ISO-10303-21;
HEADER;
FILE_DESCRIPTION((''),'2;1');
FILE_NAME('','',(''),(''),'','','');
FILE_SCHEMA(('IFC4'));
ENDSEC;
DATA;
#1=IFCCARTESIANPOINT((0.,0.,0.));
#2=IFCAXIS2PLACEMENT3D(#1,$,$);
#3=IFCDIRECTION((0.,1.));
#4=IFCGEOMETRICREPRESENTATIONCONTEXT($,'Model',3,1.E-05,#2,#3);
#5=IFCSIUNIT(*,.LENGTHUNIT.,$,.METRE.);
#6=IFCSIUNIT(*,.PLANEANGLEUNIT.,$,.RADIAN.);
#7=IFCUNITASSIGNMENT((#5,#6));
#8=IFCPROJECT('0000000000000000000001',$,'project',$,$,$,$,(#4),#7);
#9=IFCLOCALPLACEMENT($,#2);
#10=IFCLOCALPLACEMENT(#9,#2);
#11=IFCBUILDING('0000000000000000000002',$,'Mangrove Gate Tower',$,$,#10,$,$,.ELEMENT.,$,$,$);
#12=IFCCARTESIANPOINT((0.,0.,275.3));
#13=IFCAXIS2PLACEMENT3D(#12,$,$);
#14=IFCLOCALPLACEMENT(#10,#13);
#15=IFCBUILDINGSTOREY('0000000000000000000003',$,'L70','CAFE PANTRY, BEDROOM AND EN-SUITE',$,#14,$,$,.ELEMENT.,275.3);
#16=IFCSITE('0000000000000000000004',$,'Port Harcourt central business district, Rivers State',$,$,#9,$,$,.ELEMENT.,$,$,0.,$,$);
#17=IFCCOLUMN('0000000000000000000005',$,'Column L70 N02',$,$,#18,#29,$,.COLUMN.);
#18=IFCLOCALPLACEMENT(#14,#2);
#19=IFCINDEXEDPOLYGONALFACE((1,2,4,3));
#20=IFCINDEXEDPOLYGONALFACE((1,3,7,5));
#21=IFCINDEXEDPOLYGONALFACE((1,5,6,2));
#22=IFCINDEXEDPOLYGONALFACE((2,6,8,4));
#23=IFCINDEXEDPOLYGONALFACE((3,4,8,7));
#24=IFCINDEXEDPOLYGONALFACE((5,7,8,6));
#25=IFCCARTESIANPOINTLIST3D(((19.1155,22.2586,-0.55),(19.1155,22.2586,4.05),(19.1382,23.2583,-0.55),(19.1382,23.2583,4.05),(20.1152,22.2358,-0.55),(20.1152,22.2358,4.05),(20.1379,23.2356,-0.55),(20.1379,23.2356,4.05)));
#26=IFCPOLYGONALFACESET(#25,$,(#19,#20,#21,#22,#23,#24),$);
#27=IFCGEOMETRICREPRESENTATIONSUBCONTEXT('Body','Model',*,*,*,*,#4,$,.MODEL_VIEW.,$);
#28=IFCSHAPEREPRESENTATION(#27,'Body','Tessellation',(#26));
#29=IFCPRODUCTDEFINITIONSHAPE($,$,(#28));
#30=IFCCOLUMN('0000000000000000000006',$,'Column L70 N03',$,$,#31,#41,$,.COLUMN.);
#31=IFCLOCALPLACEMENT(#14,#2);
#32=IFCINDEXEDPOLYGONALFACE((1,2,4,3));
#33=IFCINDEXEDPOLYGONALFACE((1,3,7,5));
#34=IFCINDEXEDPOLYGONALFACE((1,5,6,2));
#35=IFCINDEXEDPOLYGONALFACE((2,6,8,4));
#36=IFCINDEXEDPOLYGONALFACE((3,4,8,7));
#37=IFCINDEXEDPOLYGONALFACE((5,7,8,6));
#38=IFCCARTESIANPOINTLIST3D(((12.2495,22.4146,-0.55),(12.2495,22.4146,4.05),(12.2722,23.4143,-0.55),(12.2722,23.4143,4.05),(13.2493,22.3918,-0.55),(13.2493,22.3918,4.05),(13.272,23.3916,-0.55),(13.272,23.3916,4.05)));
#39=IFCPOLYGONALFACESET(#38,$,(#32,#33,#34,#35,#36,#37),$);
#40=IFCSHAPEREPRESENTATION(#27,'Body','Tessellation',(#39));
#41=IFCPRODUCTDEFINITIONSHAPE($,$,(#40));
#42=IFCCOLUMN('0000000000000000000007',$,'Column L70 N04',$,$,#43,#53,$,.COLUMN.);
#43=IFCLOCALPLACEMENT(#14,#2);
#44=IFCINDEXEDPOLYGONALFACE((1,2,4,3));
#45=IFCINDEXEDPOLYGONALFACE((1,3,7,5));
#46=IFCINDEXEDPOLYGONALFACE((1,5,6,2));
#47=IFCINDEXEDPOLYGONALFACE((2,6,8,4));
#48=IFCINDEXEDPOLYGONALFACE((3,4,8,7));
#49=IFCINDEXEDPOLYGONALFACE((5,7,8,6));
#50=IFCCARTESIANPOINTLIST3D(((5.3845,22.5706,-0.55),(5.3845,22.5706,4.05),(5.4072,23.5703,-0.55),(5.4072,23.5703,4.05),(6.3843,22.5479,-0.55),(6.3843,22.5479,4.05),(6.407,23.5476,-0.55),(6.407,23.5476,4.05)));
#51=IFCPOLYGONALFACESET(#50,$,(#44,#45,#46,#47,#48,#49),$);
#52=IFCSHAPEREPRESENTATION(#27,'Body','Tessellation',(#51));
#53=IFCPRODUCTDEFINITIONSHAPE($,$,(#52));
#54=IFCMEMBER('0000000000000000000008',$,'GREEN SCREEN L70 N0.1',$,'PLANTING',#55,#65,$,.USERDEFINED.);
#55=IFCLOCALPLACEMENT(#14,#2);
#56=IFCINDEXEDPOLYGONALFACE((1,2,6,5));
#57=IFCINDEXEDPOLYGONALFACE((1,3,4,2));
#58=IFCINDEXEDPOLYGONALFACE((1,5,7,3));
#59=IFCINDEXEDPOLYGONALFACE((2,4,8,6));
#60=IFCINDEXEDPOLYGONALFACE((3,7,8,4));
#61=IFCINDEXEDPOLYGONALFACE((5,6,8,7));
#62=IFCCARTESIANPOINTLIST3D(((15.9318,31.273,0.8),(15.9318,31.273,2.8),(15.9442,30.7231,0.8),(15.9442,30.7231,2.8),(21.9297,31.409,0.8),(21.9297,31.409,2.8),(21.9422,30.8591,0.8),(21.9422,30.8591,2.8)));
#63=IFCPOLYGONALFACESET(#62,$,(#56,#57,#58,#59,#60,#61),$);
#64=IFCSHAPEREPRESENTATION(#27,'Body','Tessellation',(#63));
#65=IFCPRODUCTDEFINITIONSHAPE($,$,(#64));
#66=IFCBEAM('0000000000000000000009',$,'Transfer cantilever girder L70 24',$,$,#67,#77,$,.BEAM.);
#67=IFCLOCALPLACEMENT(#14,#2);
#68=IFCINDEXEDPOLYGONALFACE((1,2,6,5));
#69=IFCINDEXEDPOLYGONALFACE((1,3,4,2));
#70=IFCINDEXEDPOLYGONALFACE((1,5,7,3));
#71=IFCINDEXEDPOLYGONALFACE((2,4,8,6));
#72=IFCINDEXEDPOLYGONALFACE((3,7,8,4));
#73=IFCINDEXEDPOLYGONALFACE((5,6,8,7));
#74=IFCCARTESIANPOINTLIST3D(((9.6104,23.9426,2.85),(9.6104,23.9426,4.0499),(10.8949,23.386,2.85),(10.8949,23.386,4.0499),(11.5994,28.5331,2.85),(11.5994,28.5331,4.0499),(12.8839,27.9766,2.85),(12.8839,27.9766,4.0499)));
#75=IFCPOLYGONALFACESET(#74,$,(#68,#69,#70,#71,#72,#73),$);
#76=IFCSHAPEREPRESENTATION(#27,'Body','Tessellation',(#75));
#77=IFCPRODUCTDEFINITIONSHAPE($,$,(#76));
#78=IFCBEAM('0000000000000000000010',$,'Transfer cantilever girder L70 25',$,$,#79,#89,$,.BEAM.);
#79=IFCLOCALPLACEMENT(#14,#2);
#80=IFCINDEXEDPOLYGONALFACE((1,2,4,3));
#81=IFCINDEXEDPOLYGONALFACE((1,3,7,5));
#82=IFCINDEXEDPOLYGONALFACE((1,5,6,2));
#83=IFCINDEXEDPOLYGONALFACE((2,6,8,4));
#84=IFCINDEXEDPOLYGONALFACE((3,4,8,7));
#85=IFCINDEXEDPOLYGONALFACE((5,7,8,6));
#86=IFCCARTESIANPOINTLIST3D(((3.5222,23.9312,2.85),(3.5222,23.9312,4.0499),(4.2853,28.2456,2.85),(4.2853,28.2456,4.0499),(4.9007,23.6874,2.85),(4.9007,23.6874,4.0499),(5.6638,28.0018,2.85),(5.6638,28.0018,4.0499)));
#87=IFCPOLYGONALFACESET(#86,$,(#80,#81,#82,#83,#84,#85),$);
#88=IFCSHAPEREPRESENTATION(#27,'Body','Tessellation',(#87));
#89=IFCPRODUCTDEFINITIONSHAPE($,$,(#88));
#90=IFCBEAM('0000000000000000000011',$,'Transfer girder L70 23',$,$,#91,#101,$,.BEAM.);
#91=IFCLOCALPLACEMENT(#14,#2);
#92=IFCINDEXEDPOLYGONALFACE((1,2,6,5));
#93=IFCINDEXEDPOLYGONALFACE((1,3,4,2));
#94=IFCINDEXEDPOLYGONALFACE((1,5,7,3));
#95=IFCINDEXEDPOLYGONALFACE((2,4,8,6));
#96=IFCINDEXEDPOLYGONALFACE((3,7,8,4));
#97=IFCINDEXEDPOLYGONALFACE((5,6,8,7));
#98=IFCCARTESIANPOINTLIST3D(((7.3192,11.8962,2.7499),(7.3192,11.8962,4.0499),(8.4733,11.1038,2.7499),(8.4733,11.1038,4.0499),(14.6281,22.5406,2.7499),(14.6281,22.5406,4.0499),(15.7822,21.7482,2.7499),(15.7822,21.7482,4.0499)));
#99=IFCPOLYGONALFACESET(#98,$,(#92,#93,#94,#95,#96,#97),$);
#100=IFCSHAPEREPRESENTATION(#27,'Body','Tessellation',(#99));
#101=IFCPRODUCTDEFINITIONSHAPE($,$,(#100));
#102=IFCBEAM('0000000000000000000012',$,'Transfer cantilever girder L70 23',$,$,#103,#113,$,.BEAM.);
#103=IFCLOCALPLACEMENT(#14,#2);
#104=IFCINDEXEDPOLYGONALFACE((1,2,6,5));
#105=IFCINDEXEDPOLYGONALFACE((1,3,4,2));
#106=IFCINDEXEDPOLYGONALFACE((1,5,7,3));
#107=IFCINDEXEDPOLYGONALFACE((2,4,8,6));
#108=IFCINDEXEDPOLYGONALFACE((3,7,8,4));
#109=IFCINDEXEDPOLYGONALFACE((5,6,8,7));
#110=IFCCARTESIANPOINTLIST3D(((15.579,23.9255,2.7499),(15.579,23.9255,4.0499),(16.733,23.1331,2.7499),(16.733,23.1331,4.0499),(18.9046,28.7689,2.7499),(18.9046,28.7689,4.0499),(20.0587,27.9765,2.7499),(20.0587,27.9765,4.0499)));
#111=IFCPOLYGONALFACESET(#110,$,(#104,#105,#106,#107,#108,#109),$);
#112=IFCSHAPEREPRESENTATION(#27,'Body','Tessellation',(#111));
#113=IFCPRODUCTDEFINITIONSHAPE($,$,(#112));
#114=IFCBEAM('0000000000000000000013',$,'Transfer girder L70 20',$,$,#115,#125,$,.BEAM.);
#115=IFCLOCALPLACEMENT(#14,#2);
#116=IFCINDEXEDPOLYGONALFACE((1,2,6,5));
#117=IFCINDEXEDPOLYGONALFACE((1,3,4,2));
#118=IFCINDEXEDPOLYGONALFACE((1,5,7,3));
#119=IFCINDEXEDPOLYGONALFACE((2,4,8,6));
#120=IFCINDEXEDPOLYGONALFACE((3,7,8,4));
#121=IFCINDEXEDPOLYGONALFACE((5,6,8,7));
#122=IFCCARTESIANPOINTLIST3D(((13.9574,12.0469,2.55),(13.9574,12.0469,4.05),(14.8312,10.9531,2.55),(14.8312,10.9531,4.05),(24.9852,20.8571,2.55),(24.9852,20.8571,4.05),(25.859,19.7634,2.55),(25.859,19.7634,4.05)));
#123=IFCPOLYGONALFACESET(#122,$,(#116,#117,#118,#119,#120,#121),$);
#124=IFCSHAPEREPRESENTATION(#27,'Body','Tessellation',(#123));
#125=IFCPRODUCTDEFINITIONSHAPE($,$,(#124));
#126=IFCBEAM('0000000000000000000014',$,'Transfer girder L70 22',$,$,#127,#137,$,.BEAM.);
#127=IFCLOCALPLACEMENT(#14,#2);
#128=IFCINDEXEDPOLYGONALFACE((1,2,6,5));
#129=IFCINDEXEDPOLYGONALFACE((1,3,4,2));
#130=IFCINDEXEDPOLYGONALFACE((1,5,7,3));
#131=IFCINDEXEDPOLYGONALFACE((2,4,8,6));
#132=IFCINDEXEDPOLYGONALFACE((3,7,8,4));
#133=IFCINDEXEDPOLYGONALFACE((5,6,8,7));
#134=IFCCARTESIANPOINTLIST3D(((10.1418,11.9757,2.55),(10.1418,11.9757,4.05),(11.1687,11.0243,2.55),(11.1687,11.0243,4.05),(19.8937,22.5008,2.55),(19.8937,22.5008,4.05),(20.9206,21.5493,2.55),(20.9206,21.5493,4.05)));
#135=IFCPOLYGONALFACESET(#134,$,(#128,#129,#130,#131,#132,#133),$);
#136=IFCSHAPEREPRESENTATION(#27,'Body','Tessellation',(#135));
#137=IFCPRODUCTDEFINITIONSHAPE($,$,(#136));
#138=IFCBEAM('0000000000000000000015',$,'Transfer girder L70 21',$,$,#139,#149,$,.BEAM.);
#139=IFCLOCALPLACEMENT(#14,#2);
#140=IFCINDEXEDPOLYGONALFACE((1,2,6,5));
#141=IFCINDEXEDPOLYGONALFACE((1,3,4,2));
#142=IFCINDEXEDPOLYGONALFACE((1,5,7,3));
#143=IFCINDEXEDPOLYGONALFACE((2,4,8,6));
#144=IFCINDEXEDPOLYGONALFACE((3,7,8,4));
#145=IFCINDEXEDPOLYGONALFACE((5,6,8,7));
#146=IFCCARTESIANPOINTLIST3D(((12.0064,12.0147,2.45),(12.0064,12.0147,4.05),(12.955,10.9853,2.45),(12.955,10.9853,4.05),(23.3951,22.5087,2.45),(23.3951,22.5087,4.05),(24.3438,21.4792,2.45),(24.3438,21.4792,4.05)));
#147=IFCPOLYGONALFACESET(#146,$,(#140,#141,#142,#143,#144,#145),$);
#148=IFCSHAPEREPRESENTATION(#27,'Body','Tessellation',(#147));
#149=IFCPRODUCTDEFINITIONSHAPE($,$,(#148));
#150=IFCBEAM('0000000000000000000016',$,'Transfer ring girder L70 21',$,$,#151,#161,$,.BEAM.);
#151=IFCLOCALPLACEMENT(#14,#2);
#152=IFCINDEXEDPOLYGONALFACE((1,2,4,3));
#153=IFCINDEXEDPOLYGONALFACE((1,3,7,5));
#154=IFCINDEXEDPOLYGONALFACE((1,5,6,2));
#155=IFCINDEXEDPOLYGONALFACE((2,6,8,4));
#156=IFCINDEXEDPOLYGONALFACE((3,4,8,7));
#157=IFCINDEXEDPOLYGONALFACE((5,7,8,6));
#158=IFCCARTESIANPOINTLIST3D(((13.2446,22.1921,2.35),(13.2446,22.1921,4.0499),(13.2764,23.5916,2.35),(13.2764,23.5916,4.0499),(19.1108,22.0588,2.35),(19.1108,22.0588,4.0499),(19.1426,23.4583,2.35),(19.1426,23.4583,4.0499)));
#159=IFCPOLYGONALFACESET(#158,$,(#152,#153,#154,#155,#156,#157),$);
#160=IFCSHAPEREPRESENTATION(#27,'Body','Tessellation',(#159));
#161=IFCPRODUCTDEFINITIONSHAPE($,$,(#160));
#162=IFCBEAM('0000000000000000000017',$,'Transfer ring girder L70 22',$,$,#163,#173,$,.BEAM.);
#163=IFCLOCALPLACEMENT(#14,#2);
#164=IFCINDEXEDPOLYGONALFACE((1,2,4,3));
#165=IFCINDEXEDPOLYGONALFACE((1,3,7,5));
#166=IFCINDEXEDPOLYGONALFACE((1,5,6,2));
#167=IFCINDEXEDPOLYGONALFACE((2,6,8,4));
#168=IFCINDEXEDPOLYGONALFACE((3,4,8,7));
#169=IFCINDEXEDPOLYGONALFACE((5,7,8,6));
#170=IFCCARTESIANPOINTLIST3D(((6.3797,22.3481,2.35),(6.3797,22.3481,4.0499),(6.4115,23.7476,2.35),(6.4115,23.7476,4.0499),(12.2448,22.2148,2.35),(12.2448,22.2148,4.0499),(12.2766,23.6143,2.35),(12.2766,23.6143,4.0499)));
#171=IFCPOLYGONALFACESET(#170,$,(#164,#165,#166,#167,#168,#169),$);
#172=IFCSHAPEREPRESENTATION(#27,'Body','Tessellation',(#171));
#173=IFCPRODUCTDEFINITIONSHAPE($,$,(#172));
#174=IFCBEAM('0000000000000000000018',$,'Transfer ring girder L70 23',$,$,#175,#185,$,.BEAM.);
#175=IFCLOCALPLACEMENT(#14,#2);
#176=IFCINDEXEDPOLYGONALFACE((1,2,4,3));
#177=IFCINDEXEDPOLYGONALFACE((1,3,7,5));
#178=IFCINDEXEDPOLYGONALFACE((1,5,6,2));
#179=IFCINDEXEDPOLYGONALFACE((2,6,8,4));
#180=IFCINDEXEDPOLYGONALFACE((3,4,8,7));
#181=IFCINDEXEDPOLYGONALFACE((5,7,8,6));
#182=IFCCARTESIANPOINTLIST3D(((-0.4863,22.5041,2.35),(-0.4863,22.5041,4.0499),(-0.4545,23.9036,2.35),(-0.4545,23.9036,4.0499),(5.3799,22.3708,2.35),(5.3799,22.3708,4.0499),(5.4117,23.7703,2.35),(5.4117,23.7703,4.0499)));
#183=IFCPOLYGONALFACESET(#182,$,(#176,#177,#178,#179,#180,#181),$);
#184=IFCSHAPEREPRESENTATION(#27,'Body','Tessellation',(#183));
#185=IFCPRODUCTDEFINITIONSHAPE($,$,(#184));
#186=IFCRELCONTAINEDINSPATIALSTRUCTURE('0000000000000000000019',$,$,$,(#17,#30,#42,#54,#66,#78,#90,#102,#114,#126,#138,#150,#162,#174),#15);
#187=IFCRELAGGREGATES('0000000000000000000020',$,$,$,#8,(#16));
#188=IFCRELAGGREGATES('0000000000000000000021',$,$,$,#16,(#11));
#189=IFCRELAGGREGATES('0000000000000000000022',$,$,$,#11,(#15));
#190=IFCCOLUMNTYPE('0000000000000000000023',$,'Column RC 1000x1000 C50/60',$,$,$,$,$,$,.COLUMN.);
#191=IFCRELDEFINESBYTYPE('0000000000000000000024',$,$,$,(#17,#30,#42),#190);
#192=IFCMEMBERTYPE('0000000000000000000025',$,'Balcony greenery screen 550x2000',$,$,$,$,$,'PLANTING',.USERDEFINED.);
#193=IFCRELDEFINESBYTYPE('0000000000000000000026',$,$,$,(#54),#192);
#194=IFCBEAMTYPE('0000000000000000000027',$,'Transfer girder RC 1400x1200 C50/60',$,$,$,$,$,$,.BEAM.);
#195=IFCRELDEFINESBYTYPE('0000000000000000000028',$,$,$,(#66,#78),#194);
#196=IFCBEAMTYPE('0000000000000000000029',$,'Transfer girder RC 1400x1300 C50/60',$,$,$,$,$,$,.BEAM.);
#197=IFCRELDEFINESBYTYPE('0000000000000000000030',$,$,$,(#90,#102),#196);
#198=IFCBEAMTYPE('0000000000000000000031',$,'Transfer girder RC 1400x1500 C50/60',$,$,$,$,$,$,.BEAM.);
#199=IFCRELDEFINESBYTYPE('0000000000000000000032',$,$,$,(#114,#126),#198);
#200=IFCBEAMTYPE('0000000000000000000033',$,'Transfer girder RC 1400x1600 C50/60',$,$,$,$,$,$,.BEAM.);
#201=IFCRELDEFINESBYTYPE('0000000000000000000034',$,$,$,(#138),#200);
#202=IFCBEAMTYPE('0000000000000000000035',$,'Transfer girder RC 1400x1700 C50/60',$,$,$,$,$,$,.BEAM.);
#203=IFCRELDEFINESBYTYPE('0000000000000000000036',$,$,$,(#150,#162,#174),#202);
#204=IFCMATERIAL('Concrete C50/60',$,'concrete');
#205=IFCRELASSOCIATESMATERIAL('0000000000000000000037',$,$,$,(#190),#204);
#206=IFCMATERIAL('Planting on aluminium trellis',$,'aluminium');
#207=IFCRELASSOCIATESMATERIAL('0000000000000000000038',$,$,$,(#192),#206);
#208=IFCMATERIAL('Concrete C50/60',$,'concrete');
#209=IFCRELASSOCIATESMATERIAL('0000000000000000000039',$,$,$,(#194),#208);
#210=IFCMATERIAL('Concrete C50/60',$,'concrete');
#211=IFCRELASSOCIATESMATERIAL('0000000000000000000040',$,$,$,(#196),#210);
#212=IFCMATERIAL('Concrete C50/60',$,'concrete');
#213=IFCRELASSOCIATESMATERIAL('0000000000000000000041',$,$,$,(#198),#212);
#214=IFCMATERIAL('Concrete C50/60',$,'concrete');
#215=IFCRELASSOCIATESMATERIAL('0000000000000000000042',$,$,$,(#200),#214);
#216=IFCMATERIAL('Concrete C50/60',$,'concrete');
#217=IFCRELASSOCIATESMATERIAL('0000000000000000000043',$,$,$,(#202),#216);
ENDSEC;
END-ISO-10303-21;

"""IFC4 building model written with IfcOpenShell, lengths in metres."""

from ifc_helpers import new_model, si_unit, direction, frame, origin, origin_2d, place, context, subcontext, project, spatial, rectangle, extrude, material, material_profile, profile_set, type_object, element, save


model = new_model("IFC4")

# Units and contexts
model_context = context("Model", 3, precision=1e-05, world=origin(), true_north=direction((0.0, 1.0)))
body_context = subcontext(model_context, "Body", "Model", "MODEL_VIEW")
ifc_project = project(units=[si_unit("LENGTHUNIT", "METRE"), si_unit("PLANEANGLEUNIT", "RADIAN")], contexts=[model_context])

# Site, building, storey
site_placement = place(None, origin())
site = spatial("IfcSite", under=ifc_project, at=site_placement, Name="Port Harcourt central business district, Rivers State", CompositionType="ELEMENT", RefElevation=0.0)
building_placement = place(site_placement, origin())
building = spatial("IfcBuilding", under=site, at=building_placement, Name="Mangrove Gate Tower", CompositionType="ELEMENT")
storey_placement = place(building_placement, frame((0.0, 0.0, 275.3)))
storey = spatial("IfcBuildingStorey", under=building, at=storey_placement, Name="L70", Description="CAFE PANTRY, BEDROOM AND EN-SUITE", CompositionType="ELEMENT", Elevation=275.3)

# Columns
ifc_material_1 = material(Name="Concrete C50/60", Category="concrete")
ifc_material_profile_1 = material_profile(ifc_material_1, rectangle(XDim=1.0, YDim=1.0, at=origin_2d()))
ifc_profile_set_1 = profile_set([ifc_material_profile_1], Name="Concrete C50/60")
column_type = type_object("IfcColumnType", Name="Column RC 1000x1000 C50/60", PredefinedType="COLUMN", material=ifc_profile_set_1)
for number, where, z_axis, x_axis, name in (
    (1, (19.6267, 22.7471, -0.55), (0.0, 0.0, 1.0), (-0.999742, 0.022715, 0.0), "Column L70 N02"),
    (2, (12.7607, 22.9031, -0.55), (0.0, 0.0, 1.0), (-0.999742, 0.022716, 0.0), "Column L70 N03"),
    (3, (5.8958, 23.0591, -0.55), (0.0, 0.0, 1.0), (-0.999742, 0.022716, 0.0), "Column L70 N04"),
):
    element("IfcColumn", number, at=place(storey_placement, frame(where, z_axis=z_axis, x_axis=x_axis)), inside=storey, type_object=column_type, Name=name, PredefinedType="COLUMN", context=body_context, shape_type="SweptSolid", body=[
        extrude(rectangle(XDim=1.0, YDim=1.0, at=origin_2d()), origin(), (0.0, 0.0, 1.0), 4.6001),
    ])

# Member
ifc_material_2 = material(Name="Planting on aluminium trellis", Category="aluminium")
ifc_material_profile_2 = material_profile(ifc_material_2, rectangle(XDim=0.55, YDim=2.0, at=origin_2d()))
ifc_profile_set_2 = profile_set([ifc_material_profile_2], Name="Planting on aluminium trellis")
member_type = type_object("IfcMemberType", Name="Balcony greenery screen 550x2000", ElementType="PLANTING", PredefinedType="USERDEFINED", material=ifc_profile_set_2)
member_placement = place(storey_placement, frame((15.938, 30.998, 1.8), z_axis=(0.999743, 0.022666, 0.0), x_axis=(-0.022666, 0.999743, 0.0)))
element("IfcMember", 4, at=member_placement, inside=storey, type_object=member_type, Name="GREEN SCREEN L70 N0.1", ObjectType="PLANTING", PredefinedType="USERDEFINED", context=body_context, shape_type="SweptSolid", body=[
    extrude(rectangle(XDim=0.55, YDim=2.0, at=origin_2d()), origin(), (0.0, 0.0, 1.0), 5.9995),
])

# Beams
ifc_material_3 = material(Name="Concrete C50/60", Category="concrete")
ifc_material_profile_3 = material_profile(ifc_material_3, rectangle(XDim=1.3999, YDim=1.2, at=origin_2d()))
ifc_profile_set_3 = profile_set([ifc_material_profile_3], Name="Concrete C50/60")
beam_type_1 = type_object("IfcBeamType", Name="Transfer girder RC 1400x1200 C50/60", PredefinedType="BEAM", material=ifc_profile_set_3)
beam_1_placement = place(storey_placement, frame((10.2527, 23.6643, 3.45), z_axis=(0.397568, 0.917573, 0.0), x_axis=(-0.917573, 0.397568, 0.0)))
element("IfcBeam", 5, at=beam_1_placement, inside=storey, type_object=beam_type_1, Name="Transfer cantilever girder L70 24", PredefinedType="BEAM", context=body_context, shape_type="SweptSolid", body=[
    extrude(rectangle(XDim=1.3999, YDim=1.2, at=origin_2d()), origin(), (0.0, 0.0, 1.0), 5.0029),
])
beam_2_placement = place(storey_placement, frame((4.2114, 23.8093, 3.45), z_axis=(0.174186, 0.984713, 0.0), x_axis=(-0.984713, 0.174186, 0.0)))
element("IfcBeam", 6, at=beam_2_placement, inside=storey, type_object=beam_type_1, Name="Transfer cantilever girder L70 25", PredefinedType="BEAM", context=body_context, shape_type="SweptSolid", body=[
    extrude(rectangle(XDim=1.3999, YDim=1.2, at=origin_2d()), origin(), (0.0, 0.0, 1.0), 4.3813),
])
ifc_material_4 = material(Name="Concrete C50/60", Category="concrete")
ifc_material_profile_4 = material_profile(ifc_material_4, rectangle(XDim=1.3999, YDim=1.3, at=origin_2d()))
ifc_profile_set_4 = profile_set([ifc_material_profile_4], Name="Concrete C50/60")
beam_type_2 = type_object("IfcBeamType", Name="Transfer girder RC 1400x1300 C50/60", PredefinedType="BEAM", material=ifc_profile_set_4)
beam_3_placement = place(storey_placement, frame((7.8962, 11.5, 3.3999), z_axis=(0.56605, 0.824371, 0.0), x_axis=(-0.824371, 0.56605, 0.0)))
element("IfcBeam", 7, at=beam_3_placement, inside=storey, type_object=beam_type_2, Name="Transfer girder L70 23", PredefinedType="BEAM", context=body_context, shape_type="SweptSolid", body=[
    extrude(rectangle(XDim=1.3999, YDim=1.3, at=origin_2d()), origin(), (0.0, 0.0, 1.0), 12.9121),
])
beam_4_placement = place(storey_placement, frame((16.156, 23.5293, 3.3999), z_axis=(0.56604, 0.824378, 0.0), x_axis=(-0.824378, 0.56604, 0.0)))
element("IfcBeam", 8, at=beam_4_placement, inside=storey, type_object=beam_type_2, Name="Transfer cantilever girder L70 23", PredefinedType="BEAM", context=body_context, shape_type="SweptSolid", body=[
    extrude(rectangle(XDim=1.3999, YDim=1.3, at=origin_2d()), origin(), (0.0, 0.0, 1.0), 5.8752),
])
ifc_material_5 = material(Name="Concrete C50/60", Category="concrete")
ifc_material_profile_5 = material_profile(ifc_material_5, rectangle(XDim=1.3999, YDim=1.5, at=origin_2d()))
ifc_profile_set_5 = profile_set([ifc_material_profile_5], Name="Concrete C50/60")
beam_type_3 = type_object("IfcBeamType", Name="Transfer girder RC 1400x1500 C50/60", PredefinedType="BEAM", material=ifc_profile_set_5)
beam_5_placement = place(storey_placement, frame((14.3943, 11.5, 3.3), z_axis=(0.781282, 0.624178, 0.0), x_axis=(-0.624178, 0.781282, 0.0)))
element("IfcBeam", 9, at=beam_5_placement, inside=storey, type_object=beam_type_3, Name="Transfer girder L70 20", PredefinedType="BEAM", context=body_context, shape_type="SweptSolid", body=[
    extrude(rectangle(XDim=1.3999, YDim=1.5, at=origin_2d()), origin(), (0.0, 0.0, 1.0), 14.115),
])
beam_6_placement = place(storey_placement, frame((10.6553, 11.5, 3.3), z_axis=(0.67965, 0.733537, 0.0), x_axis=(-0.733537, 0.67965, 0.0)))
element("IfcBeam", 10, at=beam_6_placement, inside=storey, type_object=beam_type_3, Name="Transfer girder L70 22", PredefinedType="BEAM", context=body_context, shape_type="SweptSolid", body=[
    extrude(rectangle(XDim=1.3999, YDim=1.5, at=origin_2d()), origin(), (0.0, 0.0, 1.0), 14.3484),
])
ifc_material_6 = material(Name="Concrete C50/60", Category="concrete")
ifc_material_profile_6 = material_profile(ifc_material_6, rectangle(XDim=1.3999, YDim=1.6001, at=origin_2d()))
ifc_profile_set_6 = profile_set([ifc_material_profile_6], Name="Concrete C50/60")
beam_type_4 = type_object("IfcBeamType", Name="Transfer girder RC 1400x1600 C50/60", PredefinedType="BEAM", material=ifc_profile_set_6)
beam_7_placement = place(storey_placement, frame((12.4807, 11.5, 3.25), z_axis=(0.735406, 0.677627, 0.0), x_axis=(-0.677627, 0.735406, 0.0)))
element("IfcBeam", 11, at=beam_7_placement, inside=storey, type_object=beam_type_4, Name="Transfer girder L70 21", PredefinedType="BEAM", context=body_context, shape_type="SweptSolid", body=[
    extrude(rectangle(XDim=1.3999, YDim=1.6001, at=origin_2d()), origin(), (0.0, 0.0, 1.0), 15.4863),
])
ifc_material_7 = material(Name="Concrete C50/60", Category="concrete")
ifc_material_profile_7 = material_profile(ifc_material_7, rectangle(XDim=1.3999, YDim=1.7, at=origin_2d()))
ifc_profile_set_7 = profile_set([ifc_material_profile_7], Name="Concrete C50/60")
beam_type_5 = type_object("IfcBeamType", Name="Transfer girder RC 1400x1700 C50/60", PredefinedType="BEAM", material=ifc_profile_set_7)
beam_8_placement = place(storey_placement, frame((19.1267, 22.7585, 3.2), z_axis=(-0.999742, 0.022718, 0.0), x_axis=(-0.022718, -0.999742, 0.0)))
element("IfcBeam", 12, at=beam_8_placement, inside=storey, type_object=beam_type_5, Name="Transfer ring girder L70 21", PredefinedType="BEAM", context=body_context, shape_type="SweptSolid", body=[
    extrude(rectangle(XDim=1.3999, YDim=1.7, at=origin_2d()), origin(), (0.0, 0.0, 1.0), 5.8677),
])
beam_9_placement = place(storey_placement, frame((12.2607, 22.9146, 3.2), z_axis=(-0.999742, 0.022721, 0.0), x_axis=(-0.022721, -0.999742, 0.0)))
element("IfcBeam", 13, at=beam_9_placement, inside=storey, type_object=beam_type_5, Name="Transfer ring girder L70 22", PredefinedType="BEAM", context=body_context, shape_type="SweptSolid", body=[
    extrude(rectangle(XDim=1.3999, YDim=1.7, at=origin_2d()), origin(), (0.0, 0.0, 1.0), 5.8667),
])
beam_10_placement = place(storey_placement, frame((5.3958, 23.0706, 3.2), z_axis=(-0.999742, 0.022718, 0.0), x_axis=(-0.022718, -0.999742, 0.0)))
element("IfcBeam", 14, at=beam_10_placement, inside=storey, type_object=beam_type_5, Name="Transfer ring girder L70 23", PredefinedType="BEAM", context=body_context, shape_type="SweptSolid", body=[
    extrude(rectangle(XDim=1.3999, YDim=1.7, at=origin_2d()), origin(), (0.0, 0.0, 1.0), 5.8677),
])

save(model, "model.ifc")
